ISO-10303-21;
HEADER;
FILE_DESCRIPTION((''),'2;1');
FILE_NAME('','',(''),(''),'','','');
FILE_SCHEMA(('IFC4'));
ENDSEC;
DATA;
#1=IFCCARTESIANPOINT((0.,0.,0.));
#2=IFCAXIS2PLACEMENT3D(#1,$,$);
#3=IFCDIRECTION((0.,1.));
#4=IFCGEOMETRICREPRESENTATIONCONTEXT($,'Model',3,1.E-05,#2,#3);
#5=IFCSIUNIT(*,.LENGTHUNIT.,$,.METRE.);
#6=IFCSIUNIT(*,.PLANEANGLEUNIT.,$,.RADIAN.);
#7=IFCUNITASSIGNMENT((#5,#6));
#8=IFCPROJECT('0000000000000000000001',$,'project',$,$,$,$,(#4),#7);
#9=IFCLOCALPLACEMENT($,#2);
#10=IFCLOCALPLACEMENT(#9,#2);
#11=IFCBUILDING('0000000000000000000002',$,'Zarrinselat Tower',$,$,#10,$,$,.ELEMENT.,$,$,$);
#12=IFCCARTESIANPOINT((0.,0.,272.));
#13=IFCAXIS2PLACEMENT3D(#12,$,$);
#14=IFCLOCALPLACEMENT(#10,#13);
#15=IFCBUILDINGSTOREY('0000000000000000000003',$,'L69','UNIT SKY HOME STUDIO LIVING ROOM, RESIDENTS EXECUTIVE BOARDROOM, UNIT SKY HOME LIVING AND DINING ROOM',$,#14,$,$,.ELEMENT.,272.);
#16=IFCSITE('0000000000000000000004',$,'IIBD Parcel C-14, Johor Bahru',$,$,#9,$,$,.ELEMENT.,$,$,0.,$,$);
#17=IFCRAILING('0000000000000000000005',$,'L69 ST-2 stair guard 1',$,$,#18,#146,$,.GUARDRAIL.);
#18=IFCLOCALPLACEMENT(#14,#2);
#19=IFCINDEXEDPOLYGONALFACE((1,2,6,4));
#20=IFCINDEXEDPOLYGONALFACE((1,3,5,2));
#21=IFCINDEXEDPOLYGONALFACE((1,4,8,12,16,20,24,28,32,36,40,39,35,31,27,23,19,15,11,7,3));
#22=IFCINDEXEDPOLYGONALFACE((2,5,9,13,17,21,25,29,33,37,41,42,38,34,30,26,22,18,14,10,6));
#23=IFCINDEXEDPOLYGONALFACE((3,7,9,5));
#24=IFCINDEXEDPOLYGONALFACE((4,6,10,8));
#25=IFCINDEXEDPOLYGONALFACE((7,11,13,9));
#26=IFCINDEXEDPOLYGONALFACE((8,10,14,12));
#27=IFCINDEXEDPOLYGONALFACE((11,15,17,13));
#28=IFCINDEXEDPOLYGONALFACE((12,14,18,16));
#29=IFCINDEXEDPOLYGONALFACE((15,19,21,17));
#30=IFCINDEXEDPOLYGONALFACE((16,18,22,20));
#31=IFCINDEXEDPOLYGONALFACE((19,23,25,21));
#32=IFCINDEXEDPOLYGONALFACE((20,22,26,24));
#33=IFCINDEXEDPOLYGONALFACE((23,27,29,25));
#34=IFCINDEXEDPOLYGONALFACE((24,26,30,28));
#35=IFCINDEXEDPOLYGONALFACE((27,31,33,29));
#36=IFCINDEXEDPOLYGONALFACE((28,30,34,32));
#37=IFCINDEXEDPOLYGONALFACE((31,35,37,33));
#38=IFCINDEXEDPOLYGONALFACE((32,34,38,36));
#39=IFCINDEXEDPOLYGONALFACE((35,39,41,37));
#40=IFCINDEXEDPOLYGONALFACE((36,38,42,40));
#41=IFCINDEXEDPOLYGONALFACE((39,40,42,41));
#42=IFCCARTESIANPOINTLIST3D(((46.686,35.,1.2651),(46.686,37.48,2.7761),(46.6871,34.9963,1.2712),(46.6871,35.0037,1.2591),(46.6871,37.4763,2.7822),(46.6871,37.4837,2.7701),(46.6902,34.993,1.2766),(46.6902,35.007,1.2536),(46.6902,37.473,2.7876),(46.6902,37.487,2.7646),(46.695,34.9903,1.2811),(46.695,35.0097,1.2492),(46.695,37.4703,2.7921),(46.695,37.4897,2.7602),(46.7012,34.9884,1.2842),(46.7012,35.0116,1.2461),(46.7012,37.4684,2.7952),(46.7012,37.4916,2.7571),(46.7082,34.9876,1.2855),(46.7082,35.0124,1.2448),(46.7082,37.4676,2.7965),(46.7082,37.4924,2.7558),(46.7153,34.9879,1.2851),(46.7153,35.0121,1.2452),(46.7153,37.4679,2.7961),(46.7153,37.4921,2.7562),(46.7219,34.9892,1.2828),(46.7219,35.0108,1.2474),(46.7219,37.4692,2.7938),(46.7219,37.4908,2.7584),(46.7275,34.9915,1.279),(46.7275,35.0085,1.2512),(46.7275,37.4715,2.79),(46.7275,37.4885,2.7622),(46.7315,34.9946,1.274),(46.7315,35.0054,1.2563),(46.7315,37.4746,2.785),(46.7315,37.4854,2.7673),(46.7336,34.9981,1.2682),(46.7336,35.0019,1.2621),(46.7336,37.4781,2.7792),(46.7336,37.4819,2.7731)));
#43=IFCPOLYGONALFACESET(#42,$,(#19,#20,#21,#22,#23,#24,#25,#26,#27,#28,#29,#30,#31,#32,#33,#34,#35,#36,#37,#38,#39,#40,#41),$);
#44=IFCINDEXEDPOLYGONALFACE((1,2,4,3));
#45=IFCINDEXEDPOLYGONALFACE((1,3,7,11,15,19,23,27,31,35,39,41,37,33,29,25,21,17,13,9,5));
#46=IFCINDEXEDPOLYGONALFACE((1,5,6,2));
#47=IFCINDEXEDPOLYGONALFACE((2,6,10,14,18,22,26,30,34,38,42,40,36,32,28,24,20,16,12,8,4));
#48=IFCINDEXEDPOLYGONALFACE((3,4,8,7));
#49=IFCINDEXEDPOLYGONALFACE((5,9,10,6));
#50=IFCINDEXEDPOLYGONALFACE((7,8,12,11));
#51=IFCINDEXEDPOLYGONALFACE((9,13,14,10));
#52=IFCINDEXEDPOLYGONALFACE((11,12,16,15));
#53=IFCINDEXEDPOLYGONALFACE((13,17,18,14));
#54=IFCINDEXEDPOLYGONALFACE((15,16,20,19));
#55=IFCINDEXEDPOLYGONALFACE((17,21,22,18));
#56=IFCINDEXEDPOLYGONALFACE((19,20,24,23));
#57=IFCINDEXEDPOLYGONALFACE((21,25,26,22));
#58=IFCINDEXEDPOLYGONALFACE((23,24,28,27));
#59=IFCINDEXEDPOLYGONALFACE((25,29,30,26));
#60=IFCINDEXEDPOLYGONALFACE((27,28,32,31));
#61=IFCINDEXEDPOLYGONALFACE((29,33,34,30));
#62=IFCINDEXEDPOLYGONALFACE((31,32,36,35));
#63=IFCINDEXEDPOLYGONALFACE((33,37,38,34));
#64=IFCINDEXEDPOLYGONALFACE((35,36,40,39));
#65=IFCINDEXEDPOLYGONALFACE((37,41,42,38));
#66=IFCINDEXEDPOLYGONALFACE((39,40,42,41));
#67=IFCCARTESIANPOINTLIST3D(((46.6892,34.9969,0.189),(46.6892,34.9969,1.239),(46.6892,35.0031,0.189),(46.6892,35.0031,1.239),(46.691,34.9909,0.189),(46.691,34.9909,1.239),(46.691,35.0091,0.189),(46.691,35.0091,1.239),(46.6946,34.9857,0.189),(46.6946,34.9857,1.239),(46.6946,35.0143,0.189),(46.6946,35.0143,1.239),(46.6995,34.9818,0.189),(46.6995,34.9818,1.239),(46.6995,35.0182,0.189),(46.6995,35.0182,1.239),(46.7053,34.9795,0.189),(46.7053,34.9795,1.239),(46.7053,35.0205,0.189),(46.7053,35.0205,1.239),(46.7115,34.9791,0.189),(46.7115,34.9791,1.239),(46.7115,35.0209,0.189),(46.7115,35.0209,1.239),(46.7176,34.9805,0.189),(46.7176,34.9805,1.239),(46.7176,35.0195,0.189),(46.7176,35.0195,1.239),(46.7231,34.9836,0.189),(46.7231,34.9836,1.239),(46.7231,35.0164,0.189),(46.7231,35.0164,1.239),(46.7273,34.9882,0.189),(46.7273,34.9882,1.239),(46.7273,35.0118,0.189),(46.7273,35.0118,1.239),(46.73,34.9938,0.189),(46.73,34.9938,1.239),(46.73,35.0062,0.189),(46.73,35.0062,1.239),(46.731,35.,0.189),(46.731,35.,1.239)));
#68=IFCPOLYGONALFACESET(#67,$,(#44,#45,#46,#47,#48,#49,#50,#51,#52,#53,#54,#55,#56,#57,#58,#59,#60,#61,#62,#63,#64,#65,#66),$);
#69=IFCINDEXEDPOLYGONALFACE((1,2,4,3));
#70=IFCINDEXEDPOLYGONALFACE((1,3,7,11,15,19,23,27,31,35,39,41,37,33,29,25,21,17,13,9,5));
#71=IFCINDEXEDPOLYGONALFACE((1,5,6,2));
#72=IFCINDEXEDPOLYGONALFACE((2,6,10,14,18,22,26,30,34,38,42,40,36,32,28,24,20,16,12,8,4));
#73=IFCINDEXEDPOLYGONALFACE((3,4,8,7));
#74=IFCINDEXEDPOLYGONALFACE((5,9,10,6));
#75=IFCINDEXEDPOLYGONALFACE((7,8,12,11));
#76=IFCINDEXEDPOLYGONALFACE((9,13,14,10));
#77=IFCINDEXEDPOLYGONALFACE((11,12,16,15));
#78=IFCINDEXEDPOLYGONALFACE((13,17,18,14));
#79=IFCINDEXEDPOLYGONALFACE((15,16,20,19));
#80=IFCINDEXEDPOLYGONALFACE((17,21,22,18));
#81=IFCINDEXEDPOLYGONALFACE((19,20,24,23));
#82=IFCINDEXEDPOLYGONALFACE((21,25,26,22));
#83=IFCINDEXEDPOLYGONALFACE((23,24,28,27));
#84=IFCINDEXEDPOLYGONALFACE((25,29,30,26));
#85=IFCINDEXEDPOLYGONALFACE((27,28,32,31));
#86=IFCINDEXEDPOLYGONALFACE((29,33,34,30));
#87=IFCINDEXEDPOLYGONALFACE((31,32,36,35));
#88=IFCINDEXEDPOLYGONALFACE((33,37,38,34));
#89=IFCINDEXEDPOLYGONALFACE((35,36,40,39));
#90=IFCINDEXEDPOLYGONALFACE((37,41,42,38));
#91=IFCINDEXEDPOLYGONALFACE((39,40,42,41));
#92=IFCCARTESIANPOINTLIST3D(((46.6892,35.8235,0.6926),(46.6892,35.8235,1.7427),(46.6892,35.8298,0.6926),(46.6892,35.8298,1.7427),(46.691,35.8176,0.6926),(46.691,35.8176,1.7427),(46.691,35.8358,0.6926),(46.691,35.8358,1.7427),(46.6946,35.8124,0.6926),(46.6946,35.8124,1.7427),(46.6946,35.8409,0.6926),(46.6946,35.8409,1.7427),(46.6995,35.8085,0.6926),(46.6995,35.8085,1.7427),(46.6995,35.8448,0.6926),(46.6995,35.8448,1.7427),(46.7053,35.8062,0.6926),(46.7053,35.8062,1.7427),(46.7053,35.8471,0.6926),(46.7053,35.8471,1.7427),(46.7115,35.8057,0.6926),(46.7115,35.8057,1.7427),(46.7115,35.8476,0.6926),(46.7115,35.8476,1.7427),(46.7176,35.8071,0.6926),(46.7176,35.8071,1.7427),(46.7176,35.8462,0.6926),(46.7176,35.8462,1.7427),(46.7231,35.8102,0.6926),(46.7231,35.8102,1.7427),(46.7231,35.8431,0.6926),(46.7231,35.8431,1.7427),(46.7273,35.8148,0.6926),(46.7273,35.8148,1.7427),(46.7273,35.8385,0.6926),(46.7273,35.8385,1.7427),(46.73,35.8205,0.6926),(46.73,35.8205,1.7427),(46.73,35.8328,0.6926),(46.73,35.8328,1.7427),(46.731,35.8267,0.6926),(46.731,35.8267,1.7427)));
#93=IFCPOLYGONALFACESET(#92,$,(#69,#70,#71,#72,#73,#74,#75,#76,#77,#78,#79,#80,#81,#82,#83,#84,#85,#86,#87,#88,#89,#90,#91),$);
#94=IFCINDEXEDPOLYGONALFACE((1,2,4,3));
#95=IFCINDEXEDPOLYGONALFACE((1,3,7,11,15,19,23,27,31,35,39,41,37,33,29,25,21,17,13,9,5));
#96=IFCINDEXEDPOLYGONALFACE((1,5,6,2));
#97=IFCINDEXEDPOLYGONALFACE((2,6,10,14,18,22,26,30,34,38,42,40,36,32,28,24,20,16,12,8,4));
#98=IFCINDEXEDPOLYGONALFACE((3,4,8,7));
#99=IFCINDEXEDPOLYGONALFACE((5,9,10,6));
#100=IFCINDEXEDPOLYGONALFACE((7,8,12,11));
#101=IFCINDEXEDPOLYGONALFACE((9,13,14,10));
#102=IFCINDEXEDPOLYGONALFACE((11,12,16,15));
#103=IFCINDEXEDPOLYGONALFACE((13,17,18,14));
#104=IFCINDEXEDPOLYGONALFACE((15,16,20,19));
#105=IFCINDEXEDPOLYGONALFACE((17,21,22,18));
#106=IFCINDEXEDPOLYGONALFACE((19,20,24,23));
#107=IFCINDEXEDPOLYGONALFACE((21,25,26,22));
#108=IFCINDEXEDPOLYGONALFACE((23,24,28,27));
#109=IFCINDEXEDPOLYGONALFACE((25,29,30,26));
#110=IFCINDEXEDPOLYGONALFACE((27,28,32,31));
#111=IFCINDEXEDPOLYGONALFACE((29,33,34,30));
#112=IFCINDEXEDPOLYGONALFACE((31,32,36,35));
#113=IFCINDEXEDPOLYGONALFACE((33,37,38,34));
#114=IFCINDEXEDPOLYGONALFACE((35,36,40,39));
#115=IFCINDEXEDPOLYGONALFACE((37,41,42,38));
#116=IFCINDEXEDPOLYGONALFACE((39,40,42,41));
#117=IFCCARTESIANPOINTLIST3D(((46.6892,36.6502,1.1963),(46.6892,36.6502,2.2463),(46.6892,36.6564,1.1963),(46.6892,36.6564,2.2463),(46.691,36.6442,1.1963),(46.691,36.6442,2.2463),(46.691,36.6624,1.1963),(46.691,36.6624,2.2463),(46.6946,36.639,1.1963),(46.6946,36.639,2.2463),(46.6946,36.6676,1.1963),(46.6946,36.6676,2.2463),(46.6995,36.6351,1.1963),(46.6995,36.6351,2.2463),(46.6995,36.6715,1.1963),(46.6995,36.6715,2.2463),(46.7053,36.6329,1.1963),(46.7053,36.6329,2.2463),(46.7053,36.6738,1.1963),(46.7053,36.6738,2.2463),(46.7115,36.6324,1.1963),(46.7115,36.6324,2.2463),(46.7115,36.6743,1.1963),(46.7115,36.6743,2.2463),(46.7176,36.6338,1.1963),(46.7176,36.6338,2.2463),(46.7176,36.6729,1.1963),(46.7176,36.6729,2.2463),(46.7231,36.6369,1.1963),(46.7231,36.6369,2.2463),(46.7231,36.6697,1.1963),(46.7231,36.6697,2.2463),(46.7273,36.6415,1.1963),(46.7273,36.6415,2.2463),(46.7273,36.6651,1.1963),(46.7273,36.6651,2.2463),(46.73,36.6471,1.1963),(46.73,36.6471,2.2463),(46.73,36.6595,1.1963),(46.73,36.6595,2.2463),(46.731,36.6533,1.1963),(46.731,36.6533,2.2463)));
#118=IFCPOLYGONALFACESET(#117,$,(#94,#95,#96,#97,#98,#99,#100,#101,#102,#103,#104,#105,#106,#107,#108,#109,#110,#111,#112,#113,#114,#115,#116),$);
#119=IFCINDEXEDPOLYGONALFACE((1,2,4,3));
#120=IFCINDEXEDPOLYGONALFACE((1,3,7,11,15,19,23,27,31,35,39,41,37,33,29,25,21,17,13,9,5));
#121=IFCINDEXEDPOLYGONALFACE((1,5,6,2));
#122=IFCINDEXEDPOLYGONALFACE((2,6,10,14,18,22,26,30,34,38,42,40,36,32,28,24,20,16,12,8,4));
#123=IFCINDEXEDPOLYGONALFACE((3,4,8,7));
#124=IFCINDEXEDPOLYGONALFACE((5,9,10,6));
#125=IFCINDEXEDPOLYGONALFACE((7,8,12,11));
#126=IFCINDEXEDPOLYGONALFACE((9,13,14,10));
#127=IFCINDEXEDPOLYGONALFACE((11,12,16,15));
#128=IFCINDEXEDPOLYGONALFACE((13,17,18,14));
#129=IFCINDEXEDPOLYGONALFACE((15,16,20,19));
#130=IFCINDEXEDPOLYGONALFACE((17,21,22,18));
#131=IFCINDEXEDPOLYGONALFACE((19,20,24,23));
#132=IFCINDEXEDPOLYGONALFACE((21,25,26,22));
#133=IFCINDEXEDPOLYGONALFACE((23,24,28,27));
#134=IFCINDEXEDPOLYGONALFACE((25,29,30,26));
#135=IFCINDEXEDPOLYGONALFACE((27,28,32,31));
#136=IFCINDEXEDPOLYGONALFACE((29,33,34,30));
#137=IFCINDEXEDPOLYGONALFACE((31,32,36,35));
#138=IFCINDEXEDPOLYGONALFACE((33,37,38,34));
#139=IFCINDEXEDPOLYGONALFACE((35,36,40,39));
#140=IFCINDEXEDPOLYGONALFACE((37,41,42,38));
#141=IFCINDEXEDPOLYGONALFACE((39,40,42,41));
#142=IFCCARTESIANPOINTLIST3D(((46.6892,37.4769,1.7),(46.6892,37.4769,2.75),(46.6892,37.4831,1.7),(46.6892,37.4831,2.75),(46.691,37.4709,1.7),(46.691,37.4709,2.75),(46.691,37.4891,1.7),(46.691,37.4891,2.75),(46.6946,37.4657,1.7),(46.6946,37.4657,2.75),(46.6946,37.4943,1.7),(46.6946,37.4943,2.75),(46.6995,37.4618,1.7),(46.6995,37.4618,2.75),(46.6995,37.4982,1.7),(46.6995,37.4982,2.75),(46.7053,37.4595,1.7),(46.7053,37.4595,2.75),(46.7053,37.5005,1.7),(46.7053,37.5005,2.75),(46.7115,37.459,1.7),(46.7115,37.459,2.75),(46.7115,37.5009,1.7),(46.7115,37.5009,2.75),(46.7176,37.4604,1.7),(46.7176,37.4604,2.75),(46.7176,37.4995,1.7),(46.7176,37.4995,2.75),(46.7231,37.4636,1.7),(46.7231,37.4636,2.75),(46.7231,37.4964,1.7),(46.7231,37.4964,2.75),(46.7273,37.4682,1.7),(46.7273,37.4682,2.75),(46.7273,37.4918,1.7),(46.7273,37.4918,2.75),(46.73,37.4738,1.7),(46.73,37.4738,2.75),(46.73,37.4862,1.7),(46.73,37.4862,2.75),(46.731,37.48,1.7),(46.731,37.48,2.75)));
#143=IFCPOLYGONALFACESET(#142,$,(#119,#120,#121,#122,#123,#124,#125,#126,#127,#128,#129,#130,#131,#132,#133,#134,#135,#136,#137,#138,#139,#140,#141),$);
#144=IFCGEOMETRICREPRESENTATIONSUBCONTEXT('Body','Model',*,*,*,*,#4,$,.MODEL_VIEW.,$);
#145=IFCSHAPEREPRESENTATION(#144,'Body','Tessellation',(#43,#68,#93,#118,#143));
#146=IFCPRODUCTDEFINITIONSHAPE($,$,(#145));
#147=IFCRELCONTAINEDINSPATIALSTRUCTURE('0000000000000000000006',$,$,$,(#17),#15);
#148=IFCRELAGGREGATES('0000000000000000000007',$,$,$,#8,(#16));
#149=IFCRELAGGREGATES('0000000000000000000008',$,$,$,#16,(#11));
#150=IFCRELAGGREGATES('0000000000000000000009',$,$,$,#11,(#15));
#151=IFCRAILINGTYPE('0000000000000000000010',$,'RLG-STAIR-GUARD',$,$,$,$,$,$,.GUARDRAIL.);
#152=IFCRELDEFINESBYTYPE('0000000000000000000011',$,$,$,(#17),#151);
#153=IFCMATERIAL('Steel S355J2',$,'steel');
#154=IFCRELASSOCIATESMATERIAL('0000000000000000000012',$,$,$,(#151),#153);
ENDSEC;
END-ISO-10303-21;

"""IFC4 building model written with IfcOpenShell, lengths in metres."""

from ifc_helpers import new_model, si_unit, direction, frame, origin, origin_2d, place, context, subcontext, project, spatial, circle, extrude, material, type_object, element, save


model = new_model("IFC4")

# Units and contexts
model_context = context("Model", 3, precision=1e-05, world=origin(), true_north=direction((0.0, 1.0)))
body_context = subcontext(model_context, "Body", "Model", "MODEL_VIEW")
ifc_project = project(units=[si_unit("LENGTHUNIT", "METRE"), si_unit("PLANEANGLEUNIT", "RADIAN")], contexts=[model_context])

# Site, building, storey
site_placement = place(None, origin())
site = spatial("IfcSite", under=ifc_project, at=site_placement, Name="IIBD Parcel C-14, Johor Bahru", CompositionType="ELEMENT", RefElevation=0.0)
building_placement = place(site_placement, origin())
building = spatial("IfcBuilding", under=site, at=building_placement, Name="Zarrinselat Tower", CompositionType="ELEMENT")
storey_placement = place(building_placement, frame((0.0, 0.0, 272.0)))
storey = spatial("IfcBuildingStorey", under=building, at=storey_placement, Name="L69", Description="UNIT SKY HOME STUDIO LIVING ROOM, RESIDENTS EXECUTIVE BOARDROOM, UNIT SKY HOME LIVING AND DINING ROOM", CompositionType="ELEMENT", Elevation=272.0)

# Railing
ifc_material_1 = material(Name="Steel S355J2", Category="steel")
railing_type_1 = type_object("IfcRailingType", Name="RLG-STAIR-GUARD", PredefinedType="GUARDRAIL", material=ifc_material_1)
railing_1_placement = place(storey_placement, frame((46.71, 35.0, 0.189)))
element("IfcRailing", 1, at=railing_1_placement, inside=storey, type_object=railing_type_1, Name="L69 ST-2 stair guard 1", PredefinedType="GUARDRAIL", context=body_context, shape_type="SweptSolid", body=[
    extrude(circle(Radius=0.0239, at=origin_2d()), frame((0.0, 0.0, 1.0762), z_axis=(0.0, 0.853979, 0.520307), x_axis=(-1.0, 0.0, 0.0)), (0.0, 0.0, 1.0), 2.9041),
    extrude(circle(Radius=0.021, at=origin_2d()), origin(), (0.0, 0.0, 1.0), 1.05),
    extrude(circle(Radius=0.021, at=origin_2d()), frame((0.0, 0.8267, 0.5037)), (0.0, 0.0, 1.0), 1.05),
    extrude(circle(Radius=0.021, at=origin_2d()), frame((0.0, 1.6533, 1.0073)), (0.0, 0.0, 1.0), 1.05),
    extrude(circle(Radius=0.021, at=origin_2d()), frame((0.0, 2.48, 1.511)), (0.0, 0.0, 1.0), 1.05),
])

save(model, "model.ifc")
